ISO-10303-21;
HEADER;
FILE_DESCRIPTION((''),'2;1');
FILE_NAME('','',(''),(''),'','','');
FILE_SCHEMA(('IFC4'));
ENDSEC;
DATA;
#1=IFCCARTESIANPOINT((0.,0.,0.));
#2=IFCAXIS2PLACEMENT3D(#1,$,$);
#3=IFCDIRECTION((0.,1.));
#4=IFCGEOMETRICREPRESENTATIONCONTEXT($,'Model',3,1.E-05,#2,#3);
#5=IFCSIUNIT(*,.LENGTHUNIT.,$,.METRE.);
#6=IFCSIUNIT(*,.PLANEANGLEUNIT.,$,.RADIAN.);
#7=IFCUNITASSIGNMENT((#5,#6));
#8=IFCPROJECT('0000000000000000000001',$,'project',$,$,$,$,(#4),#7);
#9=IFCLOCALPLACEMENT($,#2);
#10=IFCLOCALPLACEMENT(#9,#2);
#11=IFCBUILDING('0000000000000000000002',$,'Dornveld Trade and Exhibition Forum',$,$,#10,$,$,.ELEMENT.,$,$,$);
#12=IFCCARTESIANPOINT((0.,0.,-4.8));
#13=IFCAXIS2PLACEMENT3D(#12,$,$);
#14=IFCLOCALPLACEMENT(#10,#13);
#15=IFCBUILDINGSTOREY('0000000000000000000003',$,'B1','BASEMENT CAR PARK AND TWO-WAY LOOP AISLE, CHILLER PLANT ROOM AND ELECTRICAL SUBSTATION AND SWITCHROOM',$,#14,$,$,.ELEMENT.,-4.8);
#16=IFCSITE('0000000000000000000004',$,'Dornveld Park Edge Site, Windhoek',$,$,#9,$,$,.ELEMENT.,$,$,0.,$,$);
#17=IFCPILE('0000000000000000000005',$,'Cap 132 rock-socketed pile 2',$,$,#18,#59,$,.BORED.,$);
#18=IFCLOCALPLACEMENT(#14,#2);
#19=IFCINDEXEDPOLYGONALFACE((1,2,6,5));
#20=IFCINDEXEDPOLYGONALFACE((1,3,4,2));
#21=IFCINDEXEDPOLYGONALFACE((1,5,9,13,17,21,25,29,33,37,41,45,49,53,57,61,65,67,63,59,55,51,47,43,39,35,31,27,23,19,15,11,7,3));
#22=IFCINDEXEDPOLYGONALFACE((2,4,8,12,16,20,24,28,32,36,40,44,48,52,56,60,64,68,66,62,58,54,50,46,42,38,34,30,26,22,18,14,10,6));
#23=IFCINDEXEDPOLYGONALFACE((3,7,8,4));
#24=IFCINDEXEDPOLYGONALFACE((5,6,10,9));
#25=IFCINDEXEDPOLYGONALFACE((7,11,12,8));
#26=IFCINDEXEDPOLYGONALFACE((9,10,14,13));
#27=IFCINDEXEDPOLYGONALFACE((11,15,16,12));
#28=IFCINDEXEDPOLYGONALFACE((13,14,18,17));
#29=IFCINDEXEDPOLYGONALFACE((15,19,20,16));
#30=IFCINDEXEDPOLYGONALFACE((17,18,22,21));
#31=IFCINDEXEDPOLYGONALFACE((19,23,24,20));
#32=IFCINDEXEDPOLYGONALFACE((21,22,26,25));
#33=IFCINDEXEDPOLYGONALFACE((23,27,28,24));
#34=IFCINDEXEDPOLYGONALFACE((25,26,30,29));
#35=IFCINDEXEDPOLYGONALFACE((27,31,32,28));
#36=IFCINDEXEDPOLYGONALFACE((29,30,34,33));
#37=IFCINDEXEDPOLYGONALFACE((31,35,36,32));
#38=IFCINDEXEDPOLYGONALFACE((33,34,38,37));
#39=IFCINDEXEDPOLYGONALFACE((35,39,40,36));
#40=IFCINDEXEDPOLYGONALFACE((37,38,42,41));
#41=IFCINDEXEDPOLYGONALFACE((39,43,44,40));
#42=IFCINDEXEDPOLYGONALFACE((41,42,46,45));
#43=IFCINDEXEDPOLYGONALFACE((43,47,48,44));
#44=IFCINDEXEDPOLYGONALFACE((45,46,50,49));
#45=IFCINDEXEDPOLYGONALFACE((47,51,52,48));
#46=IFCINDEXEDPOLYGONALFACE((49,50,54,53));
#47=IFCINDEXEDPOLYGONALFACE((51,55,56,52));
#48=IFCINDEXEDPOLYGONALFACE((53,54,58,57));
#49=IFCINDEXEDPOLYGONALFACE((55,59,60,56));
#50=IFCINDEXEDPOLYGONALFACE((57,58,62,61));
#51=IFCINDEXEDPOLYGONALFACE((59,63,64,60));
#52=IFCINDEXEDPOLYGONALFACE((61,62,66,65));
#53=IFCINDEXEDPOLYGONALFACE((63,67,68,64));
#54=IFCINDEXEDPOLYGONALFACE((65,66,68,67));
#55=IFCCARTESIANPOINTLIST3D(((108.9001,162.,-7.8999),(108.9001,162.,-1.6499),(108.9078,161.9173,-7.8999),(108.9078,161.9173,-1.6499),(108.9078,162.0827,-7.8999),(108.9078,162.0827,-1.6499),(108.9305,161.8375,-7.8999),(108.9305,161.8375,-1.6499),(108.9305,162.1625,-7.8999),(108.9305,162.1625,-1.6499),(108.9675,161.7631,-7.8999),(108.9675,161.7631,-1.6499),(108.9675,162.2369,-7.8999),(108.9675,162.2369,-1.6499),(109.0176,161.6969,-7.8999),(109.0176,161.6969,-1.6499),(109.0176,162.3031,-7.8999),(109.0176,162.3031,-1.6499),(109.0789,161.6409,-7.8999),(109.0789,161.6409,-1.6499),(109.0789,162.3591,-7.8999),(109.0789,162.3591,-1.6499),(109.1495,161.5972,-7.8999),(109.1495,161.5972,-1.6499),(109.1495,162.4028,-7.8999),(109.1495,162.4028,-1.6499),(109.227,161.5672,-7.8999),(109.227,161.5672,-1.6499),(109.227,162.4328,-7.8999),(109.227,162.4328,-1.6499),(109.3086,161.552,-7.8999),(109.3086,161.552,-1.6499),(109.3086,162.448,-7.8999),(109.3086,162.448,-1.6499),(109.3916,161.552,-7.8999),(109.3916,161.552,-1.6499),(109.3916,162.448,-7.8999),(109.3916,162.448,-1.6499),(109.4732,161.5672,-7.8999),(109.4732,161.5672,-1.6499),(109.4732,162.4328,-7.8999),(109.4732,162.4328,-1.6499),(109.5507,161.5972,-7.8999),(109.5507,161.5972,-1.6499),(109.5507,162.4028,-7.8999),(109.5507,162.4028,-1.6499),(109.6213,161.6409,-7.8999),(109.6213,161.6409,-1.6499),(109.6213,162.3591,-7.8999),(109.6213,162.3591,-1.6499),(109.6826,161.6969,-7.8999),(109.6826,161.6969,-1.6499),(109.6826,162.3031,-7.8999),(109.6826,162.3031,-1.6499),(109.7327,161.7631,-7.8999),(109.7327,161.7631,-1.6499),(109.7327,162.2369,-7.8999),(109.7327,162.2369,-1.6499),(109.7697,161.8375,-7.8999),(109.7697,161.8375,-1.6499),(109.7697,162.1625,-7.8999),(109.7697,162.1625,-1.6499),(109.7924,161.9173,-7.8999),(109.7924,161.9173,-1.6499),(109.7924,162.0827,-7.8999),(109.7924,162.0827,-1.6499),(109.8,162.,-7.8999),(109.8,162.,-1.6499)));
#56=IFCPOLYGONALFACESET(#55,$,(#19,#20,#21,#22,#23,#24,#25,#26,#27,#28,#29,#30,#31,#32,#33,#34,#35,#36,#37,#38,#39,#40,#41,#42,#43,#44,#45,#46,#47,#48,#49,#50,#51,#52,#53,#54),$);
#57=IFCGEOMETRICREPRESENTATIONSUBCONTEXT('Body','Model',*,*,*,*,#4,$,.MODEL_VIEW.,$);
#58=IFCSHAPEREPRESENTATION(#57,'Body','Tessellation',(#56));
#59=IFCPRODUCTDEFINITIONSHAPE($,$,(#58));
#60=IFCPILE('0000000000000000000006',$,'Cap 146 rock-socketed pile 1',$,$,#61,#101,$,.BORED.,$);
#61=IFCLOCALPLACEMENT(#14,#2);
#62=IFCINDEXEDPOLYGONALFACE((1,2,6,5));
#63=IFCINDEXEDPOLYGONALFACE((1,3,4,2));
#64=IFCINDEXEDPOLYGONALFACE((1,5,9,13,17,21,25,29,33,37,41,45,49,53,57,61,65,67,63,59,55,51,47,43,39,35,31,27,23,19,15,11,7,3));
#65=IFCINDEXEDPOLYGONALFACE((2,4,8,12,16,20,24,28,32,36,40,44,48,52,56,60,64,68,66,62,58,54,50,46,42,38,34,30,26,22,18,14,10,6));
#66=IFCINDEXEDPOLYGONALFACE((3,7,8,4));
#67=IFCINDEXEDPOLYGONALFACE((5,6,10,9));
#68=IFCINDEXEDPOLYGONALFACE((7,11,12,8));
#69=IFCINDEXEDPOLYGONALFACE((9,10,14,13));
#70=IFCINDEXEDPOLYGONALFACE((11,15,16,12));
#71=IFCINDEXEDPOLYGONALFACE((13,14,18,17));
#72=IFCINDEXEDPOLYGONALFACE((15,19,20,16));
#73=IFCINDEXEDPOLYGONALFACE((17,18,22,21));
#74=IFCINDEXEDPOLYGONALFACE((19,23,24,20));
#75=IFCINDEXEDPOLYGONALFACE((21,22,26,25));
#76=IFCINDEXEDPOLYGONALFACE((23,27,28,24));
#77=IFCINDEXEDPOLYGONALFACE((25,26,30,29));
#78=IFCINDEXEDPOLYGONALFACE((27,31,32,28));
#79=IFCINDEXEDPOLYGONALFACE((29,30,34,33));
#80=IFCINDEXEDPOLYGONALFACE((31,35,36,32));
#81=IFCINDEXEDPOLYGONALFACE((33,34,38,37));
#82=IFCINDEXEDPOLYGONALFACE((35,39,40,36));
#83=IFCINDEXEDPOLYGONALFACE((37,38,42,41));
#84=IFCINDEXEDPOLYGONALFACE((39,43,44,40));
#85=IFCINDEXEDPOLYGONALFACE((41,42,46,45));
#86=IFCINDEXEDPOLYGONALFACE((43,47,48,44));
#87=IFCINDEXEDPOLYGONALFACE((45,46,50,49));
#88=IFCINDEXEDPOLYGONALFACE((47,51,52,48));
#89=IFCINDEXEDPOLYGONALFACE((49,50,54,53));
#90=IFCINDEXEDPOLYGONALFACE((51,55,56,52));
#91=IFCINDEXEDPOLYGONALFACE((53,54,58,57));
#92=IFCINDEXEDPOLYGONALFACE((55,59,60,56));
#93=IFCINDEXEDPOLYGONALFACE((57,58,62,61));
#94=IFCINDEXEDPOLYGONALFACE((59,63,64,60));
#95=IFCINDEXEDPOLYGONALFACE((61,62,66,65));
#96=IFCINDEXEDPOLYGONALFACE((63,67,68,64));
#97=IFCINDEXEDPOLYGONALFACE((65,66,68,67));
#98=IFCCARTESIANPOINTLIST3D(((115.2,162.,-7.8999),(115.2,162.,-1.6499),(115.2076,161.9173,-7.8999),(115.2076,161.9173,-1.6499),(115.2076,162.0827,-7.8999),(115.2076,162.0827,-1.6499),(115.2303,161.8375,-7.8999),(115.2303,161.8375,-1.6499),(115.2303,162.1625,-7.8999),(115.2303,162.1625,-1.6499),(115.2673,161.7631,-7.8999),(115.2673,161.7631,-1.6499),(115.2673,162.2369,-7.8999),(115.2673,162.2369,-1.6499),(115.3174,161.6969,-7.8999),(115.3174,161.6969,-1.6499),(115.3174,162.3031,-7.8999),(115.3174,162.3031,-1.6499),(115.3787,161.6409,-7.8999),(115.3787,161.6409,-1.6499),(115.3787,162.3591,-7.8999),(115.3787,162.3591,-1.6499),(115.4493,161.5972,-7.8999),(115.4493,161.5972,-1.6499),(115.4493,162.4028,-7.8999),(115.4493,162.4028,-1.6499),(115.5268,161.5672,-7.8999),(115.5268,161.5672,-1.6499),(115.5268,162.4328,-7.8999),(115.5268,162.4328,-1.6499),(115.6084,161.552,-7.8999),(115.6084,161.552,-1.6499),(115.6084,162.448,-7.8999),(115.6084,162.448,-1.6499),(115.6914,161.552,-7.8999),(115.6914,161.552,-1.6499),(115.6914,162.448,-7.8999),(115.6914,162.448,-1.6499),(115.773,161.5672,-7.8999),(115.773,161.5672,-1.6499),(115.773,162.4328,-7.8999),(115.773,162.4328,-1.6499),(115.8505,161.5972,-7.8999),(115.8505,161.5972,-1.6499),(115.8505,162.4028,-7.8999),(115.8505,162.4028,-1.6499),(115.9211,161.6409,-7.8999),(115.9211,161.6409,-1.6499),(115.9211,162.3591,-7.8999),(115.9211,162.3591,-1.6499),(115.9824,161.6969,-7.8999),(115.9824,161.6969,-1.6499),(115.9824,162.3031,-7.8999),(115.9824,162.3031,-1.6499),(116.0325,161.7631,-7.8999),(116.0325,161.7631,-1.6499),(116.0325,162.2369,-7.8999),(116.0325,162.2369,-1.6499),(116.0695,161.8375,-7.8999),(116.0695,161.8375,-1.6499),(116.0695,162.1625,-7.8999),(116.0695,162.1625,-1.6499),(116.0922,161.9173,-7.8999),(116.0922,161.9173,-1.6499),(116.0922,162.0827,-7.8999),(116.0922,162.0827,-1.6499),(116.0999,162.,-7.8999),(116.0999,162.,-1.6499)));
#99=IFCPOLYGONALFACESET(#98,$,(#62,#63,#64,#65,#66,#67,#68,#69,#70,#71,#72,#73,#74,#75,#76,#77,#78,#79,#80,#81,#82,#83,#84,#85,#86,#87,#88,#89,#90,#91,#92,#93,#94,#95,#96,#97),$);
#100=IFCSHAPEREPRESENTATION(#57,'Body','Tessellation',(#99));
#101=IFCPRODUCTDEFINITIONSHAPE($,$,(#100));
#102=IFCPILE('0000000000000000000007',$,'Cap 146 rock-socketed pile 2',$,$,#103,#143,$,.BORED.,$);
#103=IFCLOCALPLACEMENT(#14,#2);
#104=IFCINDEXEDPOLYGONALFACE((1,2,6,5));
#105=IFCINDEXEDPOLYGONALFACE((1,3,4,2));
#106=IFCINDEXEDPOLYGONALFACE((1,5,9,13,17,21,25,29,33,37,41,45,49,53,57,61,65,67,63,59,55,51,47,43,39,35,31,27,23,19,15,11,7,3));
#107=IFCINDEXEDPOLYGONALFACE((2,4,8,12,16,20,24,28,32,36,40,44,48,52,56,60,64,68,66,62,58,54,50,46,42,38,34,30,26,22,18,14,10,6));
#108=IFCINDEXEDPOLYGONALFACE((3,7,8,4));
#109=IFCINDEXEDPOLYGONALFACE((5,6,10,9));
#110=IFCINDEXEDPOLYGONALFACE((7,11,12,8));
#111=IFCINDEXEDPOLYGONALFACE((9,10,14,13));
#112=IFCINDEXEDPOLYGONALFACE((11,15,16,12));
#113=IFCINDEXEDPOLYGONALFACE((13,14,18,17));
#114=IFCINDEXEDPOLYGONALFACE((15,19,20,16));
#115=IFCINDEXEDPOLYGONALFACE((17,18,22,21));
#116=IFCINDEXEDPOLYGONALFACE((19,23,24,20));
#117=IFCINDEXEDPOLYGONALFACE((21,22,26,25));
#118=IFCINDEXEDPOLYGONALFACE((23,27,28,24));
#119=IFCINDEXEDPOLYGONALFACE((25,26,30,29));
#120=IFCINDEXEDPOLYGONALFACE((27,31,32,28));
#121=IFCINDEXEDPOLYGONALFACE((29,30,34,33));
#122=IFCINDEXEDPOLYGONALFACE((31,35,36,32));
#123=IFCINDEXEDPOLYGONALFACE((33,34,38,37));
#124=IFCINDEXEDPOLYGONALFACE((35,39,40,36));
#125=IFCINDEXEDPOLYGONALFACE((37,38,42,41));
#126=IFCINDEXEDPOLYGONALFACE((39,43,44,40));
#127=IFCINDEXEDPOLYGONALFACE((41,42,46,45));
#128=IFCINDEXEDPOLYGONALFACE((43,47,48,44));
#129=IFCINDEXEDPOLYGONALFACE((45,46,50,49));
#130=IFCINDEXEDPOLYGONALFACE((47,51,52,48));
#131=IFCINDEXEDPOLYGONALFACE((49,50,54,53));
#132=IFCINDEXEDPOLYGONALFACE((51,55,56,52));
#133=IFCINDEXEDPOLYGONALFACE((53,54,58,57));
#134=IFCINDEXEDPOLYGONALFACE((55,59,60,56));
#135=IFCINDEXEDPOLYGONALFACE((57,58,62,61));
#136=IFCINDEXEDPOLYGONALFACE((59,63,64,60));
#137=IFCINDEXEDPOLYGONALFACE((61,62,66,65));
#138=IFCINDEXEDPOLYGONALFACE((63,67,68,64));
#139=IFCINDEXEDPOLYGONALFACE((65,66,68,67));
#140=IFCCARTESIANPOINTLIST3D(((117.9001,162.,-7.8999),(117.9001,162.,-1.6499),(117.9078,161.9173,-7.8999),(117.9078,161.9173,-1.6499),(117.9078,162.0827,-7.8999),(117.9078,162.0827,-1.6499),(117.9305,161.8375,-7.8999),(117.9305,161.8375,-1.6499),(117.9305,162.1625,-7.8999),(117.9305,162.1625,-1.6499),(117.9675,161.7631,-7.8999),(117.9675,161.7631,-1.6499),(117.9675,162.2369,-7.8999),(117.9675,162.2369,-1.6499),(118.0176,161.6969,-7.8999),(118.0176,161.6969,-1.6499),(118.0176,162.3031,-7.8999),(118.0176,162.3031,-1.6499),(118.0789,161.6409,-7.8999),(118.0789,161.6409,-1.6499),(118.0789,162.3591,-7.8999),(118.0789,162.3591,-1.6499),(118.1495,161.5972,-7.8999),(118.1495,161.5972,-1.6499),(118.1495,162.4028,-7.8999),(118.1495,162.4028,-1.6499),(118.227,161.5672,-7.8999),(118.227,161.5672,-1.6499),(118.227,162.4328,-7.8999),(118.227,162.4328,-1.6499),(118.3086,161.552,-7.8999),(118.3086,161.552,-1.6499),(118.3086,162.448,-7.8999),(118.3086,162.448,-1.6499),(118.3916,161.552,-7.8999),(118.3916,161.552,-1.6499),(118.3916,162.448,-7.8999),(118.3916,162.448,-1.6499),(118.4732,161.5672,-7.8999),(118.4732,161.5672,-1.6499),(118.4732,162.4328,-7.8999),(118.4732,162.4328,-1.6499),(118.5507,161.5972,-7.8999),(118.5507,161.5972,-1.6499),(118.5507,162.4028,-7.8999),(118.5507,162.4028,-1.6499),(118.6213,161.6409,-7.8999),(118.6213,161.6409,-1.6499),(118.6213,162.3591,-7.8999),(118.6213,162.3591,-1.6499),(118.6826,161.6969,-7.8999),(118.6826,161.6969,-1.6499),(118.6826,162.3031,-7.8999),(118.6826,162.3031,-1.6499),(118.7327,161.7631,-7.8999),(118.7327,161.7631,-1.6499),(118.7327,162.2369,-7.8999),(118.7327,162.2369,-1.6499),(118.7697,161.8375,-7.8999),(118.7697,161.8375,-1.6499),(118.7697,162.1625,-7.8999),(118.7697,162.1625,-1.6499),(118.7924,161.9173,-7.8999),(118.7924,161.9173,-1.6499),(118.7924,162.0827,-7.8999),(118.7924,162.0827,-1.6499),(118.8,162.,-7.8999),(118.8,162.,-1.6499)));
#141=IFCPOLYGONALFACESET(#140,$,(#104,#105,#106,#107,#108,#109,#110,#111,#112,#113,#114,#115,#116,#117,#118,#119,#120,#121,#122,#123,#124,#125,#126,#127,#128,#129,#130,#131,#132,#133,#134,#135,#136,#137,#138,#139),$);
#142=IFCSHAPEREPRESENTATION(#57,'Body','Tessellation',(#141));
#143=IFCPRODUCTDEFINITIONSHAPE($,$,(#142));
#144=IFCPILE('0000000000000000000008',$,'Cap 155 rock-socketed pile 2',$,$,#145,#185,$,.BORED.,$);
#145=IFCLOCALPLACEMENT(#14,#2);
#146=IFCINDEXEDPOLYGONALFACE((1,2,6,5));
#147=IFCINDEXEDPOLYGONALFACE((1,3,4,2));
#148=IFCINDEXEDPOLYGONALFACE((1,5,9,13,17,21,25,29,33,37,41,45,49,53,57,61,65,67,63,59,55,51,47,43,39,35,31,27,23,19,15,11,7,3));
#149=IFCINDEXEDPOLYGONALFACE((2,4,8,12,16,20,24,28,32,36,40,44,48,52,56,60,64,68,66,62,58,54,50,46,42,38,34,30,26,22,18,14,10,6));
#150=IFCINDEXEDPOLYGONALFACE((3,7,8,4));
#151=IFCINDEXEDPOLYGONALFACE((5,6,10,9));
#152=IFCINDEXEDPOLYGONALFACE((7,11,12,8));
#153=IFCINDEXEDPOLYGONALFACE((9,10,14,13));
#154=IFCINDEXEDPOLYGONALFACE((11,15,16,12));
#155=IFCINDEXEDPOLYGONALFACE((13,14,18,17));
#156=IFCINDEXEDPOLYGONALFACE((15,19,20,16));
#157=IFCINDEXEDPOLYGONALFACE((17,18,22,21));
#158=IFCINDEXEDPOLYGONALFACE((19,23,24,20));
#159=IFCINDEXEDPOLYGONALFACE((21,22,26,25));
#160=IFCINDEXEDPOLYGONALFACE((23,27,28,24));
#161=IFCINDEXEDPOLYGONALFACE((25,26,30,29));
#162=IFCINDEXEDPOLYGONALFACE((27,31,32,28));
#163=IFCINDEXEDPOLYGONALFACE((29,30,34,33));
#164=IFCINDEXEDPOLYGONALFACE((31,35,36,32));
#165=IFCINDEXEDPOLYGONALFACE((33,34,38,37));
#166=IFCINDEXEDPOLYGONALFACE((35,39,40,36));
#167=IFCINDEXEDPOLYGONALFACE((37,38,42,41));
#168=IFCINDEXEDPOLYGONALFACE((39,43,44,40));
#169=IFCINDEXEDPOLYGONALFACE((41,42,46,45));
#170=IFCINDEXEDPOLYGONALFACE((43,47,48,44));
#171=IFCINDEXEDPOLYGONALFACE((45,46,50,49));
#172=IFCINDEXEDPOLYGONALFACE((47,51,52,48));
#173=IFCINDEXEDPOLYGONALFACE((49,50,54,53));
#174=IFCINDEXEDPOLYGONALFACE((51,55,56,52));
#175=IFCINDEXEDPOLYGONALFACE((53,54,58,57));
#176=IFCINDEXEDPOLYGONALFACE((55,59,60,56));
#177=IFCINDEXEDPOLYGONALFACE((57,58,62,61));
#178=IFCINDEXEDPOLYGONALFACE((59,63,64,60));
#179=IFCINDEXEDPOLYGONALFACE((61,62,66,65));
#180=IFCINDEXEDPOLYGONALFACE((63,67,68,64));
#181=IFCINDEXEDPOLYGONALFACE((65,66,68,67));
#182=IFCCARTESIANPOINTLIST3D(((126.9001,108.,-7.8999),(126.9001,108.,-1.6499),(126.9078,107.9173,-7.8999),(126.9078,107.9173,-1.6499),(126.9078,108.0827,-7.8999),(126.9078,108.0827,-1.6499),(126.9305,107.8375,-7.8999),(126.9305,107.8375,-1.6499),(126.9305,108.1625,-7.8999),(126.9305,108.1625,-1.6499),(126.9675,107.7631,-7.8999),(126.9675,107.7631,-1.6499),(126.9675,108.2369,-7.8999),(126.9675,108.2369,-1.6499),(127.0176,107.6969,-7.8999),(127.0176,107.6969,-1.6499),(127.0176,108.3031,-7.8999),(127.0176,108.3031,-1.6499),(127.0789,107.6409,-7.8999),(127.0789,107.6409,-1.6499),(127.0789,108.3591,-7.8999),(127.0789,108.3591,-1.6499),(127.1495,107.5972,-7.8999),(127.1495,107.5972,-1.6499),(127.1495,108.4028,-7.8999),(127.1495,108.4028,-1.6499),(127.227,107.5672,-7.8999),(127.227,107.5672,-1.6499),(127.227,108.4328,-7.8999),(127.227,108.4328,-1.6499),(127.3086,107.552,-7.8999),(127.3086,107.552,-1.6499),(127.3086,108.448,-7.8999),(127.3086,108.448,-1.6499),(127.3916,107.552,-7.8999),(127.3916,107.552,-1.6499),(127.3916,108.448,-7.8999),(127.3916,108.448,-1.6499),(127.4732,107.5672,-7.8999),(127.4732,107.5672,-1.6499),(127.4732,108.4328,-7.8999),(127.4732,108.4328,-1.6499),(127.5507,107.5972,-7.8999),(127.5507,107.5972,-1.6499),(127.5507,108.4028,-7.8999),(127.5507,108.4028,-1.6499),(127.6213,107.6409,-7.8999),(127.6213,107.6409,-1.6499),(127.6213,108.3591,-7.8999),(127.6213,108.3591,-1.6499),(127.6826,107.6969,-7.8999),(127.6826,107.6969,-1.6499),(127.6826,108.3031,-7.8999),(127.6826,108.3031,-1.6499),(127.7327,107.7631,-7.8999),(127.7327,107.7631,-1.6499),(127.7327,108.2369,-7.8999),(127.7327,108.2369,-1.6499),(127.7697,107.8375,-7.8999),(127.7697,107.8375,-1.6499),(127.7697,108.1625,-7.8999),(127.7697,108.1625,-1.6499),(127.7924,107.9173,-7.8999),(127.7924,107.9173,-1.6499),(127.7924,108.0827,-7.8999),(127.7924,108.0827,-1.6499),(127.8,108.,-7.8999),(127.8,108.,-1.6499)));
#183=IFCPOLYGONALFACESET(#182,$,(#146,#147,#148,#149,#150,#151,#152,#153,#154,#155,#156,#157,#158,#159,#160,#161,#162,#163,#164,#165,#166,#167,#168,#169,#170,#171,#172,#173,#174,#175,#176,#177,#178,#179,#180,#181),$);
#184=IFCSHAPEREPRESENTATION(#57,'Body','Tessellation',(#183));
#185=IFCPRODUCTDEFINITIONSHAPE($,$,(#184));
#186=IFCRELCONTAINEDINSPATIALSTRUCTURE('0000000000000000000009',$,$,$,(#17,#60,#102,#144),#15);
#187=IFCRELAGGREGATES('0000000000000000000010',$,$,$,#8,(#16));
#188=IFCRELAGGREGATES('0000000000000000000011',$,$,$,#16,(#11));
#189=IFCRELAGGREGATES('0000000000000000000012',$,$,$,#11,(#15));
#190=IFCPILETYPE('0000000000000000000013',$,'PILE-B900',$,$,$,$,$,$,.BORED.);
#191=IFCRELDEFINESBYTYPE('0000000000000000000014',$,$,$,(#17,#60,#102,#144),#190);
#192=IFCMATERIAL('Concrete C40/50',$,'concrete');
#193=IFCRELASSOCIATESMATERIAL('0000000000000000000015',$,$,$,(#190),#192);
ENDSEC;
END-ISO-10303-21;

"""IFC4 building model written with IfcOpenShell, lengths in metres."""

from ifc_helpers import new_model, si_unit, direction, frame, origin, origin_2d, place, context, subcontext, project, spatial, circle, extrude, material, material_profile, profile_set, type_object, element, save


model = new_model("IFC4")

# Units and contexts
model_context = context("Model", 3, precision=1e-05, world=origin(), true_north=direction((0.0, 1.0)))
body_context = subcontext(model_context, "Body", "Model", "MODEL_VIEW")
ifc_project = project(units=[si_unit("LENGTHUNIT", "METRE"), si_unit("PLANEANGLEUNIT", "RADIAN")], contexts=[model_context])

# Site, building, storey
site_placement = place(None, origin())
site = spatial("IfcSite", under=ifc_project, at=site_placement, Name="Dornveld Park Edge Site, Windhoek", CompositionType="ELEMENT", RefElevation=0.0)
building_placement = place(site_placement, origin())
building = spatial("IfcBuilding", under=site, at=building_placement, Name="Dornveld Trade and Exhibition Forum", CompositionType="ELEMENT")
storey_placement = place(building_placement, frame((0.0, 0.0, -4.8)))
storey = spatial("IfcBuildingStorey", under=building, at=storey_placement, Name="B1", Description="BASEMENT CAR PARK AND TWO-WAY LOOP AISLE, CHILLER PLANT ROOM AND ELECTRICAL SUBSTATION AND SWITCHROOM", CompositionType="ELEMENT", Elevation=-4.8)

# Piles
ifc_material_1 = material(Name="Concrete C40/50", Category="concrete")
ifc_material_profile_1 = material_profile(ifc_material_1, circle(Radius=0.45, at=origin_2d()), Name="PILE D900")
ifc_profile_set_1 = profile_set([ifc_material_profile_1], Name="Concrete C40/50")
pile_type = type_object("IfcPileType", Name="PILE-B900", PredefinedType="BORED", material=ifc_profile_set_1)
for number, where, z_axis, x_axis, name in (
    (1, (109.3501, 162.0, -1.6499), (0.0, 0.0, -1.0), (1.0, 0.0, 0.0), "Cap 132 rock-socketed pile 2"),
    (2, (115.6499, 162.0, -1.6499), (0.0, 0.0, -1.0), (1.0, 0.0, 0.0), "Cap 146 rock-socketed pile 1"),
    (3, (118.3501, 162.0, -1.6499), (0.0, 0.0, -1.0), (1.0, 0.0, 0.0), "Cap 146 rock-socketed pile 2"),
    (4, (127.3501, 108.0, -1.6499), (0.0, 0.0, -1.0), (1.0, 0.0, 0.0), "Cap 155 rock-socketed pile 2"),
):
    element("IfcPile", number, at=place(storey_placement, frame(where, z_axis=z_axis, x_axis=x_axis)), inside=storey, type_object=pile_type, Name=name, PredefinedType="BORED", context=body_context, shape_type="SweptSolid", body=[
        extrude(circle(Radius=0.45, at=origin_2d()), origin(), (0.0, 0.0, 1.0), 6.25),
    ])

save(model, "model.ifc")
